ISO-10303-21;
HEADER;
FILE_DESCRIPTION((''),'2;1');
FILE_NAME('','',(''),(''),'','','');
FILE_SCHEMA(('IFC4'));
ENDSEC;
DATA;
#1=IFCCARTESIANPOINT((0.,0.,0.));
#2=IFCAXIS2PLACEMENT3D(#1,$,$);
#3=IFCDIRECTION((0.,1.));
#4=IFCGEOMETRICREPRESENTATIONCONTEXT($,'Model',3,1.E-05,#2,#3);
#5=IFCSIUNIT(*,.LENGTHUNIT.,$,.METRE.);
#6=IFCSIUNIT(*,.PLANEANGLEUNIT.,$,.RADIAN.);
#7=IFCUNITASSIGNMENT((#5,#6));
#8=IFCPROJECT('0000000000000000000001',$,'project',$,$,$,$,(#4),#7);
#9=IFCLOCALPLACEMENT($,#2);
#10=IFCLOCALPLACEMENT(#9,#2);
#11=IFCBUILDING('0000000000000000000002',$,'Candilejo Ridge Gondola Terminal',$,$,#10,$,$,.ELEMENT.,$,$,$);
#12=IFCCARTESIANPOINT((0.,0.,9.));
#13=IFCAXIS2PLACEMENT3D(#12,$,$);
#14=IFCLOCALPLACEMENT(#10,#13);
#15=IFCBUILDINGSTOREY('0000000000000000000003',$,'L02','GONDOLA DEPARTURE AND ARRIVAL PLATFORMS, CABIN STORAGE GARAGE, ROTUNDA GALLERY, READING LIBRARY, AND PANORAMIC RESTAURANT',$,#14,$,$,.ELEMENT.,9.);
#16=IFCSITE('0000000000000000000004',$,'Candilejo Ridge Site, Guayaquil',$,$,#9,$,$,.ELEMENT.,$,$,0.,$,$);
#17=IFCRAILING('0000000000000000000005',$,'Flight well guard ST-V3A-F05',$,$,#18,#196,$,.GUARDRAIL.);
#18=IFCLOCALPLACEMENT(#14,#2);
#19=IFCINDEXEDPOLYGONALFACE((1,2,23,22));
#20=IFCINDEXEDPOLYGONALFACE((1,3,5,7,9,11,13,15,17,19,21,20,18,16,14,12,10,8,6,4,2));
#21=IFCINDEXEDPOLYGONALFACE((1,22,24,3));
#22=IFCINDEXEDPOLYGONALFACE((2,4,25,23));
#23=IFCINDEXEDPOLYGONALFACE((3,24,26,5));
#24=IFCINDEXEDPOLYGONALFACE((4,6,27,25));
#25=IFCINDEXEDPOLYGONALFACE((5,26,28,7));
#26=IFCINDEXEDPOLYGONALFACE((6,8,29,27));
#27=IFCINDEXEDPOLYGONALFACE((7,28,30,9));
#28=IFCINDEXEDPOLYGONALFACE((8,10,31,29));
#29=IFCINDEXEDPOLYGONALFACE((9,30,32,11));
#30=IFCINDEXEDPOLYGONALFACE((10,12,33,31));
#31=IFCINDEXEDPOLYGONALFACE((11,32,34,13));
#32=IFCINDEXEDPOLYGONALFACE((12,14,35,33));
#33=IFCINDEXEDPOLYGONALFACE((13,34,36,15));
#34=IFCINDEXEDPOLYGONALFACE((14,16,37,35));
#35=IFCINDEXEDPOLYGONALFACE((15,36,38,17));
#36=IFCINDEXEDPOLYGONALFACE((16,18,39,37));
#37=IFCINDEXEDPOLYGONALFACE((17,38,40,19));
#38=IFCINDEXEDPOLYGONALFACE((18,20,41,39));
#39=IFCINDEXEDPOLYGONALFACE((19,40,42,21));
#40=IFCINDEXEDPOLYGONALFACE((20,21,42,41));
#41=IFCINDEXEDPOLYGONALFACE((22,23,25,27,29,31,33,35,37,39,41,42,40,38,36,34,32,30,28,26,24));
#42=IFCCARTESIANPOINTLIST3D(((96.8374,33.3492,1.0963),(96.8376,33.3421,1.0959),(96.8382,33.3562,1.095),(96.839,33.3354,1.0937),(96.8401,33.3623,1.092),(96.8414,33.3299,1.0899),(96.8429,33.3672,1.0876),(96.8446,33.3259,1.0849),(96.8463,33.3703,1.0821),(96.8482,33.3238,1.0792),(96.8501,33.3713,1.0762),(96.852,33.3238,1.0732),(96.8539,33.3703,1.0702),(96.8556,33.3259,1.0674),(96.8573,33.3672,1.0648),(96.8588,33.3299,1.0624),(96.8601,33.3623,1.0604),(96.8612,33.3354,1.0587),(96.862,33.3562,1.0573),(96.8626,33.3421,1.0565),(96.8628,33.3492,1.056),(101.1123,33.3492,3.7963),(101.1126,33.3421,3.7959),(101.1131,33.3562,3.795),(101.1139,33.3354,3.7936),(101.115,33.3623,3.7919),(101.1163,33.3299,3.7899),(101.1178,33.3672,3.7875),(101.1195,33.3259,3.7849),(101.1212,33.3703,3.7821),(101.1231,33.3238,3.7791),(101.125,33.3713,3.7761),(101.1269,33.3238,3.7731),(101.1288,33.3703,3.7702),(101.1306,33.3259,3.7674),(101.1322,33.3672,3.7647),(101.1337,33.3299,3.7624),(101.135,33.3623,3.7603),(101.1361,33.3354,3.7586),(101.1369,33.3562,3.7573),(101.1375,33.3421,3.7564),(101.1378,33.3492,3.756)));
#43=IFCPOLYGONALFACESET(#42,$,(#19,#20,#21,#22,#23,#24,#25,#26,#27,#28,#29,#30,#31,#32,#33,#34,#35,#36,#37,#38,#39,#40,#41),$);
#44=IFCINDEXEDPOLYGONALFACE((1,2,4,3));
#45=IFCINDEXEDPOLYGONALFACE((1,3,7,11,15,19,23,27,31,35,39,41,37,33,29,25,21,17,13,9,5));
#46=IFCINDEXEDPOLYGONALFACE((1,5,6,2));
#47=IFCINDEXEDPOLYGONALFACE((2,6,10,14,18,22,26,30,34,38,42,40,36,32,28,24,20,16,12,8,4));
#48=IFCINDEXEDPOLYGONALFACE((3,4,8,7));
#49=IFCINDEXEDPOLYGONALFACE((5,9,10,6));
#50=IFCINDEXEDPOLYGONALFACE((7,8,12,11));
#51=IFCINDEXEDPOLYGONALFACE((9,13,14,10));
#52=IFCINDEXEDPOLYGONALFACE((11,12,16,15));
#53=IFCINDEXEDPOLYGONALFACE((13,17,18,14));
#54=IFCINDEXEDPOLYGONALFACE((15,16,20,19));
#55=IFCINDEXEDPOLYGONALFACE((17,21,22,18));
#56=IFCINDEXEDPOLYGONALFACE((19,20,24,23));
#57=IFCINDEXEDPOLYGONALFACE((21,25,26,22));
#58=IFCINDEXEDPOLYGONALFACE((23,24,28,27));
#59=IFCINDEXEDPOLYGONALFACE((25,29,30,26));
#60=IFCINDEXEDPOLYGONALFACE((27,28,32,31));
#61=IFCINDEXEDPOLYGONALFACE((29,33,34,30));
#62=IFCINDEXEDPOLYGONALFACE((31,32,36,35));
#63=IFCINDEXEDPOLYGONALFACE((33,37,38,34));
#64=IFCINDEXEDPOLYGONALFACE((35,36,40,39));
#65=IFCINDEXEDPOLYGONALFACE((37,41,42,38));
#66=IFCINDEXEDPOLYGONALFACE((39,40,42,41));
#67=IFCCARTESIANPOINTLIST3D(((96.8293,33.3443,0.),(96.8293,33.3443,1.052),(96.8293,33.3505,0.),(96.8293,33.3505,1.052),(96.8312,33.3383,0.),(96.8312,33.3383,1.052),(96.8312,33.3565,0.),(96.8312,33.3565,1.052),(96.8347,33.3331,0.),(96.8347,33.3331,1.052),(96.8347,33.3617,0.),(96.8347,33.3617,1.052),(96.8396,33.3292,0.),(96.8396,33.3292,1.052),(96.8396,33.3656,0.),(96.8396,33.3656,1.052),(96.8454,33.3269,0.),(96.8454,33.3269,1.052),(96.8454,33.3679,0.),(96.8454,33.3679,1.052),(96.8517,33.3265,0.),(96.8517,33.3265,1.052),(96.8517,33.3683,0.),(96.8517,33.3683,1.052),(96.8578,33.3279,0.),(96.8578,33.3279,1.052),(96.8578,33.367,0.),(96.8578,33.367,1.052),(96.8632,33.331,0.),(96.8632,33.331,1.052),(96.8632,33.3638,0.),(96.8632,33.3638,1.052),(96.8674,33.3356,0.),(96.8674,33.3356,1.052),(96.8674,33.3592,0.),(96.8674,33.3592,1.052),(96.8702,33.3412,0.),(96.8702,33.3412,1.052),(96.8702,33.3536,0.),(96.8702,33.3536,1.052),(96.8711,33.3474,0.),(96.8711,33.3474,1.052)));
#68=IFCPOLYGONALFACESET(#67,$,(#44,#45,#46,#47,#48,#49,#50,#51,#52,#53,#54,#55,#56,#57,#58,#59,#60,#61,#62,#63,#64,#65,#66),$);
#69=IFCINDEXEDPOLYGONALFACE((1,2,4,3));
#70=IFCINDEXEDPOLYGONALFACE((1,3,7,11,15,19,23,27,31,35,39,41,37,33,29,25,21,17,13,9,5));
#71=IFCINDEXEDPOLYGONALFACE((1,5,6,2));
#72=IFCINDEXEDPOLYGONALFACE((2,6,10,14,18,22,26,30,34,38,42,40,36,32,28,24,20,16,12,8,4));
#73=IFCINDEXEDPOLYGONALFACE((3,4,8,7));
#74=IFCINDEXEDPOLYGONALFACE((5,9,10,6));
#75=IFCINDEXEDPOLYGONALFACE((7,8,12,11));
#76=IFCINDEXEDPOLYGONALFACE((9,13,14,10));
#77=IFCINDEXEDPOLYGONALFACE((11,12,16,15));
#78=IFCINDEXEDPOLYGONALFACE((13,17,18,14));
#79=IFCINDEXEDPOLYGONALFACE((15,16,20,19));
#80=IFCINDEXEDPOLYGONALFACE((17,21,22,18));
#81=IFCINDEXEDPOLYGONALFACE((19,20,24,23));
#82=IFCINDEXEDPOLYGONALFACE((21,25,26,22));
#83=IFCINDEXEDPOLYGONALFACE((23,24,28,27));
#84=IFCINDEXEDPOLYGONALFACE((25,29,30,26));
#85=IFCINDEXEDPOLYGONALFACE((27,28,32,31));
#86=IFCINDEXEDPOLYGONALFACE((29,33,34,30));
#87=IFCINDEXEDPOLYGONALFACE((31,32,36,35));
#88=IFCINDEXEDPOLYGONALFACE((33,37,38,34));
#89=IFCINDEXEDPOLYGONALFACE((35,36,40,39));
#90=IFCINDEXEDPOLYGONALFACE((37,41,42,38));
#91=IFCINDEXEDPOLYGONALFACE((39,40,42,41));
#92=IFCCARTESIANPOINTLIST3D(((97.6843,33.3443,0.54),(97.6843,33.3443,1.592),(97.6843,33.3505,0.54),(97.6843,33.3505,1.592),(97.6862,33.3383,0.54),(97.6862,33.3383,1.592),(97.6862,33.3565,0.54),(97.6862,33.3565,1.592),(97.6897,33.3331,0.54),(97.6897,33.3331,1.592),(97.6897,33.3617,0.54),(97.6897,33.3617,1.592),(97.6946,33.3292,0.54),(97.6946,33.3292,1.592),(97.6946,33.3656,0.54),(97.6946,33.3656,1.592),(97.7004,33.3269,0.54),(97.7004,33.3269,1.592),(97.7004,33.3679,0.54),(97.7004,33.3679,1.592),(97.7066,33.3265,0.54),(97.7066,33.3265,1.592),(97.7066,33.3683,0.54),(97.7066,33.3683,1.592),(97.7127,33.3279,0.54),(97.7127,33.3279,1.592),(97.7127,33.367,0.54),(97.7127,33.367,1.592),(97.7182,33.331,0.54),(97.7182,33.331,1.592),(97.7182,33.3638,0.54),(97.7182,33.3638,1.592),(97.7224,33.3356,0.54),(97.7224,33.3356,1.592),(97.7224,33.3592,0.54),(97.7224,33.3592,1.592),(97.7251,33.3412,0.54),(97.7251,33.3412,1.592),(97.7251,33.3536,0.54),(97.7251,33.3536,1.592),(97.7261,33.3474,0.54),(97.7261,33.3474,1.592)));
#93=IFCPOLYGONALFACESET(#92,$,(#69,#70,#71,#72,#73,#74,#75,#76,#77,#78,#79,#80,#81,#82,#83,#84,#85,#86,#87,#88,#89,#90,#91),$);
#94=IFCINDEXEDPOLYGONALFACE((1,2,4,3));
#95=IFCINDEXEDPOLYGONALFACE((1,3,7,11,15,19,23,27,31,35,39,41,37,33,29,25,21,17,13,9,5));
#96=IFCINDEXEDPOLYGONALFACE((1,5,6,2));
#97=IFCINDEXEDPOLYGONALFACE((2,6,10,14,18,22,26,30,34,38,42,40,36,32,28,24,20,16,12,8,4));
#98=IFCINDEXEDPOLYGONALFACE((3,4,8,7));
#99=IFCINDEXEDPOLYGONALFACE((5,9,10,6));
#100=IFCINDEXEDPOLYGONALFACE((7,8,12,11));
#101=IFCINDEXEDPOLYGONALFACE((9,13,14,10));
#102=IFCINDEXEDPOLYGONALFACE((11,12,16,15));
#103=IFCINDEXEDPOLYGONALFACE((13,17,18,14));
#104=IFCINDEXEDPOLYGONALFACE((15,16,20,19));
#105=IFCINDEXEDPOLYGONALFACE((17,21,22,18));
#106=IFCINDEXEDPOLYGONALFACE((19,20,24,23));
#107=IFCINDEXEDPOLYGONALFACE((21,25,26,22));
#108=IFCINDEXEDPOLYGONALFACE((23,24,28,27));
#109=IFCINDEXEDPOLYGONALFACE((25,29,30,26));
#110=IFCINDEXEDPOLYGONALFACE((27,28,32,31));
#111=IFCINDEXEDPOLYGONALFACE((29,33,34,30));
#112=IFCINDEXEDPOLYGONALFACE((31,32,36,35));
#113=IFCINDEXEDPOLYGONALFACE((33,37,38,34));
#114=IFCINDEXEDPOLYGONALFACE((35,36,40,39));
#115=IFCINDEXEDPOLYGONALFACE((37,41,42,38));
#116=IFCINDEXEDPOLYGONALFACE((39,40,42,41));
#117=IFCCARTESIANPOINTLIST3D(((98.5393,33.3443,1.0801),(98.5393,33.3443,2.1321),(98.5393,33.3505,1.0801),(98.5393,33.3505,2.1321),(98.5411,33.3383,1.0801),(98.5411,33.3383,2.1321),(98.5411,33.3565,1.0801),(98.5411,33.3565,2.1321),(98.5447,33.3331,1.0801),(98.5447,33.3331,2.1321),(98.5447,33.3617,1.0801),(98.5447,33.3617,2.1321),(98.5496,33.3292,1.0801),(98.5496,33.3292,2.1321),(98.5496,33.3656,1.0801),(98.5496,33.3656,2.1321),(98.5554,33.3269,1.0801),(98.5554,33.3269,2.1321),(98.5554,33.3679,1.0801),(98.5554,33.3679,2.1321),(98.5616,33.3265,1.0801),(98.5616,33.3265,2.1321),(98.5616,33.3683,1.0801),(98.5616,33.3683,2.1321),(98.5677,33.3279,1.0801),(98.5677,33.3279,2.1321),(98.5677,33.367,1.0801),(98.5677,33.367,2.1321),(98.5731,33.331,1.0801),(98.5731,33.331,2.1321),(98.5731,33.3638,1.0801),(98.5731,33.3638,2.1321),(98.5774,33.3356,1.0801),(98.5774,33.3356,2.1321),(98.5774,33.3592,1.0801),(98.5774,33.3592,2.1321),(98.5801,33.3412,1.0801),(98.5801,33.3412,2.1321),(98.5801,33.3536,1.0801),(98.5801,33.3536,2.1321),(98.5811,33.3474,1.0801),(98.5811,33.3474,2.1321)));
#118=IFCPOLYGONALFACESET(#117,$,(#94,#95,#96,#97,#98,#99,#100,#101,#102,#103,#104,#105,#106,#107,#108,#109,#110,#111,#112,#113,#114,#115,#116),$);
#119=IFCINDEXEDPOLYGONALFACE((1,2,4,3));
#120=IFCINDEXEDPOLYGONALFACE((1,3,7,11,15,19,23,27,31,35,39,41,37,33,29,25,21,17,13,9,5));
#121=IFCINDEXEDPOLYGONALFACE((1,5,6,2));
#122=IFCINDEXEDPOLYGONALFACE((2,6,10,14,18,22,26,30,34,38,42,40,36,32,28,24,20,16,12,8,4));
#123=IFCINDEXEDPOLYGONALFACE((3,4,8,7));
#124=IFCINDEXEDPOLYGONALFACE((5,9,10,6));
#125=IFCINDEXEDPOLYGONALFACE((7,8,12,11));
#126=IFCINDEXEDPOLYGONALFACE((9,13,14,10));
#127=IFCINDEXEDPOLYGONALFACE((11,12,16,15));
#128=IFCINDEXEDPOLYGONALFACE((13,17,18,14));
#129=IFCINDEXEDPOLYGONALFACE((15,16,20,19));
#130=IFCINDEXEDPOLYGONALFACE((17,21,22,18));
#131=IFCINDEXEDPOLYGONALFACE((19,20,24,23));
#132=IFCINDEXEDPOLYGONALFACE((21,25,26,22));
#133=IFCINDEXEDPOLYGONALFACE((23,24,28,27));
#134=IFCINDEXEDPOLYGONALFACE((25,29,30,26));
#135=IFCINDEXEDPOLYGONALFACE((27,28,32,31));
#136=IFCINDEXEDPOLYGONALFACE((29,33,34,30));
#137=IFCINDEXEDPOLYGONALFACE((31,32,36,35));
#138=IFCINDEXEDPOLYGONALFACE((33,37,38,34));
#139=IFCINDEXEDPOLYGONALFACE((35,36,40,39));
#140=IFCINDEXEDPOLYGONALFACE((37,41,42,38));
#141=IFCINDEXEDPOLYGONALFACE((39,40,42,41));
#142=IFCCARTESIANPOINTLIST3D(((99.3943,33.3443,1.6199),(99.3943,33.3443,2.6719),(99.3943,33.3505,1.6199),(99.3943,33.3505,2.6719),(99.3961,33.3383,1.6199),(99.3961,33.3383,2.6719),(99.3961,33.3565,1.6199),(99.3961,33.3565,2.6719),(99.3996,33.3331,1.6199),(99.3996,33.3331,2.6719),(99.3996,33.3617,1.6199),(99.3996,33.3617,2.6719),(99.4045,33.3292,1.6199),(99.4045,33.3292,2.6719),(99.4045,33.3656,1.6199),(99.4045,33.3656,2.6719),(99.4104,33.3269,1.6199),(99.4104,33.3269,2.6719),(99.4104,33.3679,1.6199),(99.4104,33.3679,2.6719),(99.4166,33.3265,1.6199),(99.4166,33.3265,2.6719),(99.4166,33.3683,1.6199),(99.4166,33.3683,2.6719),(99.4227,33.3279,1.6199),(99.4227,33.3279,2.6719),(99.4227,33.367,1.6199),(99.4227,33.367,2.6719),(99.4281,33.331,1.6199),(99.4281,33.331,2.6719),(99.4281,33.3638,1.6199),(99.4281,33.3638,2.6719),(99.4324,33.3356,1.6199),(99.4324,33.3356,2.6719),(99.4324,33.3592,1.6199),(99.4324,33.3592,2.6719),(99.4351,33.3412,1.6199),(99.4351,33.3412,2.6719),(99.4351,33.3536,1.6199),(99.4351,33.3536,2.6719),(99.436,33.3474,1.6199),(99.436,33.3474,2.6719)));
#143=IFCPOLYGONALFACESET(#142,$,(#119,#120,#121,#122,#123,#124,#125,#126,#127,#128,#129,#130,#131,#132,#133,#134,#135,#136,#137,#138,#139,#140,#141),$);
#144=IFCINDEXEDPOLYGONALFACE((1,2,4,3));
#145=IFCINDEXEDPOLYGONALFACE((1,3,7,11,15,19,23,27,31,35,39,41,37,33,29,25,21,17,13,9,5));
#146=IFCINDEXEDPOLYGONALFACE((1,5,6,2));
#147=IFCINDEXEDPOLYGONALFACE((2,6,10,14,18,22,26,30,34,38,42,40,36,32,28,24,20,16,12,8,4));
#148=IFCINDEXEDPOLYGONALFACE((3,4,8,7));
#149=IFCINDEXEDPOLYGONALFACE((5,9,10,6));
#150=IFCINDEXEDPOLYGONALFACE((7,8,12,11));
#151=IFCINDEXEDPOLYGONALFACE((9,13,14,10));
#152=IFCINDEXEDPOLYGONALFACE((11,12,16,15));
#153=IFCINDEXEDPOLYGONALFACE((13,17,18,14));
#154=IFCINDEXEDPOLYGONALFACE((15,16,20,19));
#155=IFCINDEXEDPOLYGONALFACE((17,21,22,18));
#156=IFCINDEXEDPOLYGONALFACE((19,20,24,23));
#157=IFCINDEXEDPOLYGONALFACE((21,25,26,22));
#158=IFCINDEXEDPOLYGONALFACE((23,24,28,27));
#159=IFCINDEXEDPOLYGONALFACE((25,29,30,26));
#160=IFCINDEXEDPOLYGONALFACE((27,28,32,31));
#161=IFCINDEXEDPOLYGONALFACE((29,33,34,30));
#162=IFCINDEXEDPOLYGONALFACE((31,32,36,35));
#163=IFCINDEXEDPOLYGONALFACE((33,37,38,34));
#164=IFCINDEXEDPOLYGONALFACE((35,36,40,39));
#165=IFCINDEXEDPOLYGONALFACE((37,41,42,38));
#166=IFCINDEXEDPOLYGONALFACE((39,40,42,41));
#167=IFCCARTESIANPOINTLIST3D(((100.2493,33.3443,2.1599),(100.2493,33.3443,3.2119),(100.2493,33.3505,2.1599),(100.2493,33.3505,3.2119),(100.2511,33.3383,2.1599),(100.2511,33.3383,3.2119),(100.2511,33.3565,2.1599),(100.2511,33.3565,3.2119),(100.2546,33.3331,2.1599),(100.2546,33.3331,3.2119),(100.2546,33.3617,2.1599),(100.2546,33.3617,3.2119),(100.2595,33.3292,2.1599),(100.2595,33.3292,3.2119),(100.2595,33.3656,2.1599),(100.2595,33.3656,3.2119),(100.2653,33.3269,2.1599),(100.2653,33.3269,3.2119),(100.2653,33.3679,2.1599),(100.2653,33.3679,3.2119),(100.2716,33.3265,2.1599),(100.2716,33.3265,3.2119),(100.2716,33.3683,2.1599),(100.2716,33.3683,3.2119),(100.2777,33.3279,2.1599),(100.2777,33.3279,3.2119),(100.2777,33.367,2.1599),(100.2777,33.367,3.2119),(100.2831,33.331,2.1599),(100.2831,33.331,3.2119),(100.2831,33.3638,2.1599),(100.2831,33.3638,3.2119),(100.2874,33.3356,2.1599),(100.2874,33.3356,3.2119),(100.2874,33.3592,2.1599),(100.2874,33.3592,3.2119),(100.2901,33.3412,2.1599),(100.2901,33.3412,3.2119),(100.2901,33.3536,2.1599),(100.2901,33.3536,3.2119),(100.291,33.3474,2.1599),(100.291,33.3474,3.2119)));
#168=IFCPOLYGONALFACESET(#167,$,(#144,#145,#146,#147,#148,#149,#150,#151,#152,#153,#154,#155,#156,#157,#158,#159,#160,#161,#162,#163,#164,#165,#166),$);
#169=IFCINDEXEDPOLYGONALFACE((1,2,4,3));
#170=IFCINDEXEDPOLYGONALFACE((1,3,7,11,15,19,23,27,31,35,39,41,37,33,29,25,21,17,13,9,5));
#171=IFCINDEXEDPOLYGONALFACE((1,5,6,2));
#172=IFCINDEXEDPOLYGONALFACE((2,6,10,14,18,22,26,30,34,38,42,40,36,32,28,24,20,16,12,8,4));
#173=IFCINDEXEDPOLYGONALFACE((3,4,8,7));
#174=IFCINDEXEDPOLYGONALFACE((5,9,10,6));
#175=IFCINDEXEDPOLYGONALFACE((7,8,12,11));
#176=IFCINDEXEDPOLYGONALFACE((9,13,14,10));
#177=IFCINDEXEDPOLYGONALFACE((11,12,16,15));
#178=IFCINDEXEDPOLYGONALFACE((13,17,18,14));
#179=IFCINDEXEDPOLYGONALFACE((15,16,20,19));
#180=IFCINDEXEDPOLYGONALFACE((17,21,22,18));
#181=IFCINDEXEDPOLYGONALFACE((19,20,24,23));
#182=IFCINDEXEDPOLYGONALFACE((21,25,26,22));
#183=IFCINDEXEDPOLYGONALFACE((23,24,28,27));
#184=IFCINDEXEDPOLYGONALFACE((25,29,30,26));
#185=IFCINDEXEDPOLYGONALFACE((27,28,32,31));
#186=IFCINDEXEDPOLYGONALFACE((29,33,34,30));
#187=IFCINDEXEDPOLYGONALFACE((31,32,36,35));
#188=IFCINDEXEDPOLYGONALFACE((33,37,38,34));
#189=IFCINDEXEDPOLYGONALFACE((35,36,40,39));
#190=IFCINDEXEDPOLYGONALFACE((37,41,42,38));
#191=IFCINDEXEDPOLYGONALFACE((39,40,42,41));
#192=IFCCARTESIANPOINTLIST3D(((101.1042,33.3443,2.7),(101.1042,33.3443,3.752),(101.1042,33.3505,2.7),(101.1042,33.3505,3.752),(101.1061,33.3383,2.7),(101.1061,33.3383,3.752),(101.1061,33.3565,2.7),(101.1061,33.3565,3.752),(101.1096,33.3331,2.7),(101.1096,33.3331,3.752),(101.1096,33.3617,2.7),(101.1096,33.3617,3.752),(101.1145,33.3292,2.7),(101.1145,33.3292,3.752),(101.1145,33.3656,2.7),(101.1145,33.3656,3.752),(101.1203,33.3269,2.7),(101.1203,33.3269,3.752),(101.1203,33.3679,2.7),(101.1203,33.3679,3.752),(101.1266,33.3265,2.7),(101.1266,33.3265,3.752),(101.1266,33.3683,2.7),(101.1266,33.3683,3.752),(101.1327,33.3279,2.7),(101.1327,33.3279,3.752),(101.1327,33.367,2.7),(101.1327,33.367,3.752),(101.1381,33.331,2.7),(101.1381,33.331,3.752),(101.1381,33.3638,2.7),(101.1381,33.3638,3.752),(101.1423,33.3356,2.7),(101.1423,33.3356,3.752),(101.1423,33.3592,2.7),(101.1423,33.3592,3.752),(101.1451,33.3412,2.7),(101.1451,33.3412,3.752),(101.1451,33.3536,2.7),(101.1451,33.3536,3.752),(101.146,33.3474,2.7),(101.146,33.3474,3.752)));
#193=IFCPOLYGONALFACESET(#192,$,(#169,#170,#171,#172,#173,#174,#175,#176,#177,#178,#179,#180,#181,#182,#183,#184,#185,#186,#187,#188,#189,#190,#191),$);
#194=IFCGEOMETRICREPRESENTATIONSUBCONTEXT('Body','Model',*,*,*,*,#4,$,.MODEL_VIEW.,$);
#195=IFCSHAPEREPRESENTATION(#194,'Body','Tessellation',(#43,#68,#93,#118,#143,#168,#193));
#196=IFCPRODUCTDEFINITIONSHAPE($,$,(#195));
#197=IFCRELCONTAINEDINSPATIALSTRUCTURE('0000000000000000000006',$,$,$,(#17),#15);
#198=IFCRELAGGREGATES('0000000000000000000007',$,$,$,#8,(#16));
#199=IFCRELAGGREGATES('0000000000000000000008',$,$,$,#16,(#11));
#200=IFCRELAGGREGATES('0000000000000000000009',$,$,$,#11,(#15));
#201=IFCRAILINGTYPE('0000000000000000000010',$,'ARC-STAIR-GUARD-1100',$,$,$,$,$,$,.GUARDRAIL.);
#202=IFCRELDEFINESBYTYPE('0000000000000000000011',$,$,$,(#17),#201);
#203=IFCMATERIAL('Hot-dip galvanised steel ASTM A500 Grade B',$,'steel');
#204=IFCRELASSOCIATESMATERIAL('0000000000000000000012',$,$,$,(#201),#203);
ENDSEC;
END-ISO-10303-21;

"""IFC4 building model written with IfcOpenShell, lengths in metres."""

from ifc_helpers import new_model, si_unit, direction, frame, origin, origin_2d, place, context, subcontext, project, spatial, circle, extrude, material, type_object, element, save


model = new_model("IFC4")

# Units and contexts
model_context = context("Model", 3, precision=1e-05, world=origin(), true_north=direction((0.0, 1.0)))
body_context = subcontext(model_context, "Body", "Model", "MODEL_VIEW")
ifc_project = project(units=[si_unit("LENGTHUNIT", "METRE"), si_unit("PLANEANGLEUNIT", "RADIAN")], contexts=[model_context])

# Site, building, storey
site_placement = place(None, origin())
site = spatial("IfcSite", under=ifc_project, at=site_placement, Name="Candilejo Ridge Site, Guayaquil", CompositionType="ELEMENT", RefElevation=0.0)
building_placement = place(site_placement, origin())
building = spatial("IfcBuilding", under=site, at=building_placement, Name="Candilejo Ridge Gondola Terminal", CompositionType="ELEMENT")
storey_placement = place(building_placement, frame((0.0, 0.0, 9.0)))
storey = spatial("IfcBuildingStorey", under=building, at=storey_placement, Name="L02", Description="GONDOLA DEPARTURE AND ARRIVAL PLATFORMS, CABIN STORAGE GARAGE, ROTUNDA GALLERY, READING LIBRARY, AND PANORAMIC RESTAURANT", CompositionType="ELEMENT", Elevation=9.0)

# Railing
ifc_material_1 = material(Name="Hot-dip galvanised steel ASTM A500 Grade B", Category="steel")
railing_type_1 = type_object("IfcRailingType", Name="ARC-STAIR-GUARD-1100", PredefinedType="GUARDRAIL", material=ifc_material_1)
railing_1_placement = place(storey_placement, frame((96.8501, 33.3474, 0.0)))
element("IfcRailing", 1, at=railing_1_placement, inside=storey, type_object=railing_type_1, Name="Flight well guard ST-V3A-F05", PredefinedType="GUARDRAIL", context=body_context, shape_type="SweptSolid", body=[
    extrude(circle(Radius=0.0239, at=origin_2d()), frame((0.0, 0.0, 1.0762), z_axis=(0.845488, 0.0, 0.533995), x_axis=(0.0, 1.0, 0.0)), (0.0, 0.0, 1.0), 5.0562),
    extrude(circle(Radius=0.021, at=origin_2d()), origin(), (0.0, 0.0, 1.0), 1.052),
    extrude(circle(Radius=0.021, at=origin_2d()), frame((0.855, 0.0, 0.54)), (0.0, 0.0, 1.0), 1.052),
    extrude(circle(Radius=0.021, at=origin_2d()), frame((1.71, 0.0, 1.0801)), (0.0, 0.0, 1.0), 1.052),
    extrude(circle(Radius=0.021, at=origin_2d()), frame((2.5649, 0.0, 1.6199)), (0.0, 0.0, 1.0), 1.052),
    extrude(circle(Radius=0.021, at=origin_2d()), frame((3.4199, 0.0, 2.1599)), (0.0, 0.0, 1.0), 1.052),
    extrude(circle(Radius=0.021, at=origin_2d()), frame((4.2749, 0.0, 2.7)), (0.0, 0.0, 1.0), 1.052),
])

save(model, "model.ifc")
